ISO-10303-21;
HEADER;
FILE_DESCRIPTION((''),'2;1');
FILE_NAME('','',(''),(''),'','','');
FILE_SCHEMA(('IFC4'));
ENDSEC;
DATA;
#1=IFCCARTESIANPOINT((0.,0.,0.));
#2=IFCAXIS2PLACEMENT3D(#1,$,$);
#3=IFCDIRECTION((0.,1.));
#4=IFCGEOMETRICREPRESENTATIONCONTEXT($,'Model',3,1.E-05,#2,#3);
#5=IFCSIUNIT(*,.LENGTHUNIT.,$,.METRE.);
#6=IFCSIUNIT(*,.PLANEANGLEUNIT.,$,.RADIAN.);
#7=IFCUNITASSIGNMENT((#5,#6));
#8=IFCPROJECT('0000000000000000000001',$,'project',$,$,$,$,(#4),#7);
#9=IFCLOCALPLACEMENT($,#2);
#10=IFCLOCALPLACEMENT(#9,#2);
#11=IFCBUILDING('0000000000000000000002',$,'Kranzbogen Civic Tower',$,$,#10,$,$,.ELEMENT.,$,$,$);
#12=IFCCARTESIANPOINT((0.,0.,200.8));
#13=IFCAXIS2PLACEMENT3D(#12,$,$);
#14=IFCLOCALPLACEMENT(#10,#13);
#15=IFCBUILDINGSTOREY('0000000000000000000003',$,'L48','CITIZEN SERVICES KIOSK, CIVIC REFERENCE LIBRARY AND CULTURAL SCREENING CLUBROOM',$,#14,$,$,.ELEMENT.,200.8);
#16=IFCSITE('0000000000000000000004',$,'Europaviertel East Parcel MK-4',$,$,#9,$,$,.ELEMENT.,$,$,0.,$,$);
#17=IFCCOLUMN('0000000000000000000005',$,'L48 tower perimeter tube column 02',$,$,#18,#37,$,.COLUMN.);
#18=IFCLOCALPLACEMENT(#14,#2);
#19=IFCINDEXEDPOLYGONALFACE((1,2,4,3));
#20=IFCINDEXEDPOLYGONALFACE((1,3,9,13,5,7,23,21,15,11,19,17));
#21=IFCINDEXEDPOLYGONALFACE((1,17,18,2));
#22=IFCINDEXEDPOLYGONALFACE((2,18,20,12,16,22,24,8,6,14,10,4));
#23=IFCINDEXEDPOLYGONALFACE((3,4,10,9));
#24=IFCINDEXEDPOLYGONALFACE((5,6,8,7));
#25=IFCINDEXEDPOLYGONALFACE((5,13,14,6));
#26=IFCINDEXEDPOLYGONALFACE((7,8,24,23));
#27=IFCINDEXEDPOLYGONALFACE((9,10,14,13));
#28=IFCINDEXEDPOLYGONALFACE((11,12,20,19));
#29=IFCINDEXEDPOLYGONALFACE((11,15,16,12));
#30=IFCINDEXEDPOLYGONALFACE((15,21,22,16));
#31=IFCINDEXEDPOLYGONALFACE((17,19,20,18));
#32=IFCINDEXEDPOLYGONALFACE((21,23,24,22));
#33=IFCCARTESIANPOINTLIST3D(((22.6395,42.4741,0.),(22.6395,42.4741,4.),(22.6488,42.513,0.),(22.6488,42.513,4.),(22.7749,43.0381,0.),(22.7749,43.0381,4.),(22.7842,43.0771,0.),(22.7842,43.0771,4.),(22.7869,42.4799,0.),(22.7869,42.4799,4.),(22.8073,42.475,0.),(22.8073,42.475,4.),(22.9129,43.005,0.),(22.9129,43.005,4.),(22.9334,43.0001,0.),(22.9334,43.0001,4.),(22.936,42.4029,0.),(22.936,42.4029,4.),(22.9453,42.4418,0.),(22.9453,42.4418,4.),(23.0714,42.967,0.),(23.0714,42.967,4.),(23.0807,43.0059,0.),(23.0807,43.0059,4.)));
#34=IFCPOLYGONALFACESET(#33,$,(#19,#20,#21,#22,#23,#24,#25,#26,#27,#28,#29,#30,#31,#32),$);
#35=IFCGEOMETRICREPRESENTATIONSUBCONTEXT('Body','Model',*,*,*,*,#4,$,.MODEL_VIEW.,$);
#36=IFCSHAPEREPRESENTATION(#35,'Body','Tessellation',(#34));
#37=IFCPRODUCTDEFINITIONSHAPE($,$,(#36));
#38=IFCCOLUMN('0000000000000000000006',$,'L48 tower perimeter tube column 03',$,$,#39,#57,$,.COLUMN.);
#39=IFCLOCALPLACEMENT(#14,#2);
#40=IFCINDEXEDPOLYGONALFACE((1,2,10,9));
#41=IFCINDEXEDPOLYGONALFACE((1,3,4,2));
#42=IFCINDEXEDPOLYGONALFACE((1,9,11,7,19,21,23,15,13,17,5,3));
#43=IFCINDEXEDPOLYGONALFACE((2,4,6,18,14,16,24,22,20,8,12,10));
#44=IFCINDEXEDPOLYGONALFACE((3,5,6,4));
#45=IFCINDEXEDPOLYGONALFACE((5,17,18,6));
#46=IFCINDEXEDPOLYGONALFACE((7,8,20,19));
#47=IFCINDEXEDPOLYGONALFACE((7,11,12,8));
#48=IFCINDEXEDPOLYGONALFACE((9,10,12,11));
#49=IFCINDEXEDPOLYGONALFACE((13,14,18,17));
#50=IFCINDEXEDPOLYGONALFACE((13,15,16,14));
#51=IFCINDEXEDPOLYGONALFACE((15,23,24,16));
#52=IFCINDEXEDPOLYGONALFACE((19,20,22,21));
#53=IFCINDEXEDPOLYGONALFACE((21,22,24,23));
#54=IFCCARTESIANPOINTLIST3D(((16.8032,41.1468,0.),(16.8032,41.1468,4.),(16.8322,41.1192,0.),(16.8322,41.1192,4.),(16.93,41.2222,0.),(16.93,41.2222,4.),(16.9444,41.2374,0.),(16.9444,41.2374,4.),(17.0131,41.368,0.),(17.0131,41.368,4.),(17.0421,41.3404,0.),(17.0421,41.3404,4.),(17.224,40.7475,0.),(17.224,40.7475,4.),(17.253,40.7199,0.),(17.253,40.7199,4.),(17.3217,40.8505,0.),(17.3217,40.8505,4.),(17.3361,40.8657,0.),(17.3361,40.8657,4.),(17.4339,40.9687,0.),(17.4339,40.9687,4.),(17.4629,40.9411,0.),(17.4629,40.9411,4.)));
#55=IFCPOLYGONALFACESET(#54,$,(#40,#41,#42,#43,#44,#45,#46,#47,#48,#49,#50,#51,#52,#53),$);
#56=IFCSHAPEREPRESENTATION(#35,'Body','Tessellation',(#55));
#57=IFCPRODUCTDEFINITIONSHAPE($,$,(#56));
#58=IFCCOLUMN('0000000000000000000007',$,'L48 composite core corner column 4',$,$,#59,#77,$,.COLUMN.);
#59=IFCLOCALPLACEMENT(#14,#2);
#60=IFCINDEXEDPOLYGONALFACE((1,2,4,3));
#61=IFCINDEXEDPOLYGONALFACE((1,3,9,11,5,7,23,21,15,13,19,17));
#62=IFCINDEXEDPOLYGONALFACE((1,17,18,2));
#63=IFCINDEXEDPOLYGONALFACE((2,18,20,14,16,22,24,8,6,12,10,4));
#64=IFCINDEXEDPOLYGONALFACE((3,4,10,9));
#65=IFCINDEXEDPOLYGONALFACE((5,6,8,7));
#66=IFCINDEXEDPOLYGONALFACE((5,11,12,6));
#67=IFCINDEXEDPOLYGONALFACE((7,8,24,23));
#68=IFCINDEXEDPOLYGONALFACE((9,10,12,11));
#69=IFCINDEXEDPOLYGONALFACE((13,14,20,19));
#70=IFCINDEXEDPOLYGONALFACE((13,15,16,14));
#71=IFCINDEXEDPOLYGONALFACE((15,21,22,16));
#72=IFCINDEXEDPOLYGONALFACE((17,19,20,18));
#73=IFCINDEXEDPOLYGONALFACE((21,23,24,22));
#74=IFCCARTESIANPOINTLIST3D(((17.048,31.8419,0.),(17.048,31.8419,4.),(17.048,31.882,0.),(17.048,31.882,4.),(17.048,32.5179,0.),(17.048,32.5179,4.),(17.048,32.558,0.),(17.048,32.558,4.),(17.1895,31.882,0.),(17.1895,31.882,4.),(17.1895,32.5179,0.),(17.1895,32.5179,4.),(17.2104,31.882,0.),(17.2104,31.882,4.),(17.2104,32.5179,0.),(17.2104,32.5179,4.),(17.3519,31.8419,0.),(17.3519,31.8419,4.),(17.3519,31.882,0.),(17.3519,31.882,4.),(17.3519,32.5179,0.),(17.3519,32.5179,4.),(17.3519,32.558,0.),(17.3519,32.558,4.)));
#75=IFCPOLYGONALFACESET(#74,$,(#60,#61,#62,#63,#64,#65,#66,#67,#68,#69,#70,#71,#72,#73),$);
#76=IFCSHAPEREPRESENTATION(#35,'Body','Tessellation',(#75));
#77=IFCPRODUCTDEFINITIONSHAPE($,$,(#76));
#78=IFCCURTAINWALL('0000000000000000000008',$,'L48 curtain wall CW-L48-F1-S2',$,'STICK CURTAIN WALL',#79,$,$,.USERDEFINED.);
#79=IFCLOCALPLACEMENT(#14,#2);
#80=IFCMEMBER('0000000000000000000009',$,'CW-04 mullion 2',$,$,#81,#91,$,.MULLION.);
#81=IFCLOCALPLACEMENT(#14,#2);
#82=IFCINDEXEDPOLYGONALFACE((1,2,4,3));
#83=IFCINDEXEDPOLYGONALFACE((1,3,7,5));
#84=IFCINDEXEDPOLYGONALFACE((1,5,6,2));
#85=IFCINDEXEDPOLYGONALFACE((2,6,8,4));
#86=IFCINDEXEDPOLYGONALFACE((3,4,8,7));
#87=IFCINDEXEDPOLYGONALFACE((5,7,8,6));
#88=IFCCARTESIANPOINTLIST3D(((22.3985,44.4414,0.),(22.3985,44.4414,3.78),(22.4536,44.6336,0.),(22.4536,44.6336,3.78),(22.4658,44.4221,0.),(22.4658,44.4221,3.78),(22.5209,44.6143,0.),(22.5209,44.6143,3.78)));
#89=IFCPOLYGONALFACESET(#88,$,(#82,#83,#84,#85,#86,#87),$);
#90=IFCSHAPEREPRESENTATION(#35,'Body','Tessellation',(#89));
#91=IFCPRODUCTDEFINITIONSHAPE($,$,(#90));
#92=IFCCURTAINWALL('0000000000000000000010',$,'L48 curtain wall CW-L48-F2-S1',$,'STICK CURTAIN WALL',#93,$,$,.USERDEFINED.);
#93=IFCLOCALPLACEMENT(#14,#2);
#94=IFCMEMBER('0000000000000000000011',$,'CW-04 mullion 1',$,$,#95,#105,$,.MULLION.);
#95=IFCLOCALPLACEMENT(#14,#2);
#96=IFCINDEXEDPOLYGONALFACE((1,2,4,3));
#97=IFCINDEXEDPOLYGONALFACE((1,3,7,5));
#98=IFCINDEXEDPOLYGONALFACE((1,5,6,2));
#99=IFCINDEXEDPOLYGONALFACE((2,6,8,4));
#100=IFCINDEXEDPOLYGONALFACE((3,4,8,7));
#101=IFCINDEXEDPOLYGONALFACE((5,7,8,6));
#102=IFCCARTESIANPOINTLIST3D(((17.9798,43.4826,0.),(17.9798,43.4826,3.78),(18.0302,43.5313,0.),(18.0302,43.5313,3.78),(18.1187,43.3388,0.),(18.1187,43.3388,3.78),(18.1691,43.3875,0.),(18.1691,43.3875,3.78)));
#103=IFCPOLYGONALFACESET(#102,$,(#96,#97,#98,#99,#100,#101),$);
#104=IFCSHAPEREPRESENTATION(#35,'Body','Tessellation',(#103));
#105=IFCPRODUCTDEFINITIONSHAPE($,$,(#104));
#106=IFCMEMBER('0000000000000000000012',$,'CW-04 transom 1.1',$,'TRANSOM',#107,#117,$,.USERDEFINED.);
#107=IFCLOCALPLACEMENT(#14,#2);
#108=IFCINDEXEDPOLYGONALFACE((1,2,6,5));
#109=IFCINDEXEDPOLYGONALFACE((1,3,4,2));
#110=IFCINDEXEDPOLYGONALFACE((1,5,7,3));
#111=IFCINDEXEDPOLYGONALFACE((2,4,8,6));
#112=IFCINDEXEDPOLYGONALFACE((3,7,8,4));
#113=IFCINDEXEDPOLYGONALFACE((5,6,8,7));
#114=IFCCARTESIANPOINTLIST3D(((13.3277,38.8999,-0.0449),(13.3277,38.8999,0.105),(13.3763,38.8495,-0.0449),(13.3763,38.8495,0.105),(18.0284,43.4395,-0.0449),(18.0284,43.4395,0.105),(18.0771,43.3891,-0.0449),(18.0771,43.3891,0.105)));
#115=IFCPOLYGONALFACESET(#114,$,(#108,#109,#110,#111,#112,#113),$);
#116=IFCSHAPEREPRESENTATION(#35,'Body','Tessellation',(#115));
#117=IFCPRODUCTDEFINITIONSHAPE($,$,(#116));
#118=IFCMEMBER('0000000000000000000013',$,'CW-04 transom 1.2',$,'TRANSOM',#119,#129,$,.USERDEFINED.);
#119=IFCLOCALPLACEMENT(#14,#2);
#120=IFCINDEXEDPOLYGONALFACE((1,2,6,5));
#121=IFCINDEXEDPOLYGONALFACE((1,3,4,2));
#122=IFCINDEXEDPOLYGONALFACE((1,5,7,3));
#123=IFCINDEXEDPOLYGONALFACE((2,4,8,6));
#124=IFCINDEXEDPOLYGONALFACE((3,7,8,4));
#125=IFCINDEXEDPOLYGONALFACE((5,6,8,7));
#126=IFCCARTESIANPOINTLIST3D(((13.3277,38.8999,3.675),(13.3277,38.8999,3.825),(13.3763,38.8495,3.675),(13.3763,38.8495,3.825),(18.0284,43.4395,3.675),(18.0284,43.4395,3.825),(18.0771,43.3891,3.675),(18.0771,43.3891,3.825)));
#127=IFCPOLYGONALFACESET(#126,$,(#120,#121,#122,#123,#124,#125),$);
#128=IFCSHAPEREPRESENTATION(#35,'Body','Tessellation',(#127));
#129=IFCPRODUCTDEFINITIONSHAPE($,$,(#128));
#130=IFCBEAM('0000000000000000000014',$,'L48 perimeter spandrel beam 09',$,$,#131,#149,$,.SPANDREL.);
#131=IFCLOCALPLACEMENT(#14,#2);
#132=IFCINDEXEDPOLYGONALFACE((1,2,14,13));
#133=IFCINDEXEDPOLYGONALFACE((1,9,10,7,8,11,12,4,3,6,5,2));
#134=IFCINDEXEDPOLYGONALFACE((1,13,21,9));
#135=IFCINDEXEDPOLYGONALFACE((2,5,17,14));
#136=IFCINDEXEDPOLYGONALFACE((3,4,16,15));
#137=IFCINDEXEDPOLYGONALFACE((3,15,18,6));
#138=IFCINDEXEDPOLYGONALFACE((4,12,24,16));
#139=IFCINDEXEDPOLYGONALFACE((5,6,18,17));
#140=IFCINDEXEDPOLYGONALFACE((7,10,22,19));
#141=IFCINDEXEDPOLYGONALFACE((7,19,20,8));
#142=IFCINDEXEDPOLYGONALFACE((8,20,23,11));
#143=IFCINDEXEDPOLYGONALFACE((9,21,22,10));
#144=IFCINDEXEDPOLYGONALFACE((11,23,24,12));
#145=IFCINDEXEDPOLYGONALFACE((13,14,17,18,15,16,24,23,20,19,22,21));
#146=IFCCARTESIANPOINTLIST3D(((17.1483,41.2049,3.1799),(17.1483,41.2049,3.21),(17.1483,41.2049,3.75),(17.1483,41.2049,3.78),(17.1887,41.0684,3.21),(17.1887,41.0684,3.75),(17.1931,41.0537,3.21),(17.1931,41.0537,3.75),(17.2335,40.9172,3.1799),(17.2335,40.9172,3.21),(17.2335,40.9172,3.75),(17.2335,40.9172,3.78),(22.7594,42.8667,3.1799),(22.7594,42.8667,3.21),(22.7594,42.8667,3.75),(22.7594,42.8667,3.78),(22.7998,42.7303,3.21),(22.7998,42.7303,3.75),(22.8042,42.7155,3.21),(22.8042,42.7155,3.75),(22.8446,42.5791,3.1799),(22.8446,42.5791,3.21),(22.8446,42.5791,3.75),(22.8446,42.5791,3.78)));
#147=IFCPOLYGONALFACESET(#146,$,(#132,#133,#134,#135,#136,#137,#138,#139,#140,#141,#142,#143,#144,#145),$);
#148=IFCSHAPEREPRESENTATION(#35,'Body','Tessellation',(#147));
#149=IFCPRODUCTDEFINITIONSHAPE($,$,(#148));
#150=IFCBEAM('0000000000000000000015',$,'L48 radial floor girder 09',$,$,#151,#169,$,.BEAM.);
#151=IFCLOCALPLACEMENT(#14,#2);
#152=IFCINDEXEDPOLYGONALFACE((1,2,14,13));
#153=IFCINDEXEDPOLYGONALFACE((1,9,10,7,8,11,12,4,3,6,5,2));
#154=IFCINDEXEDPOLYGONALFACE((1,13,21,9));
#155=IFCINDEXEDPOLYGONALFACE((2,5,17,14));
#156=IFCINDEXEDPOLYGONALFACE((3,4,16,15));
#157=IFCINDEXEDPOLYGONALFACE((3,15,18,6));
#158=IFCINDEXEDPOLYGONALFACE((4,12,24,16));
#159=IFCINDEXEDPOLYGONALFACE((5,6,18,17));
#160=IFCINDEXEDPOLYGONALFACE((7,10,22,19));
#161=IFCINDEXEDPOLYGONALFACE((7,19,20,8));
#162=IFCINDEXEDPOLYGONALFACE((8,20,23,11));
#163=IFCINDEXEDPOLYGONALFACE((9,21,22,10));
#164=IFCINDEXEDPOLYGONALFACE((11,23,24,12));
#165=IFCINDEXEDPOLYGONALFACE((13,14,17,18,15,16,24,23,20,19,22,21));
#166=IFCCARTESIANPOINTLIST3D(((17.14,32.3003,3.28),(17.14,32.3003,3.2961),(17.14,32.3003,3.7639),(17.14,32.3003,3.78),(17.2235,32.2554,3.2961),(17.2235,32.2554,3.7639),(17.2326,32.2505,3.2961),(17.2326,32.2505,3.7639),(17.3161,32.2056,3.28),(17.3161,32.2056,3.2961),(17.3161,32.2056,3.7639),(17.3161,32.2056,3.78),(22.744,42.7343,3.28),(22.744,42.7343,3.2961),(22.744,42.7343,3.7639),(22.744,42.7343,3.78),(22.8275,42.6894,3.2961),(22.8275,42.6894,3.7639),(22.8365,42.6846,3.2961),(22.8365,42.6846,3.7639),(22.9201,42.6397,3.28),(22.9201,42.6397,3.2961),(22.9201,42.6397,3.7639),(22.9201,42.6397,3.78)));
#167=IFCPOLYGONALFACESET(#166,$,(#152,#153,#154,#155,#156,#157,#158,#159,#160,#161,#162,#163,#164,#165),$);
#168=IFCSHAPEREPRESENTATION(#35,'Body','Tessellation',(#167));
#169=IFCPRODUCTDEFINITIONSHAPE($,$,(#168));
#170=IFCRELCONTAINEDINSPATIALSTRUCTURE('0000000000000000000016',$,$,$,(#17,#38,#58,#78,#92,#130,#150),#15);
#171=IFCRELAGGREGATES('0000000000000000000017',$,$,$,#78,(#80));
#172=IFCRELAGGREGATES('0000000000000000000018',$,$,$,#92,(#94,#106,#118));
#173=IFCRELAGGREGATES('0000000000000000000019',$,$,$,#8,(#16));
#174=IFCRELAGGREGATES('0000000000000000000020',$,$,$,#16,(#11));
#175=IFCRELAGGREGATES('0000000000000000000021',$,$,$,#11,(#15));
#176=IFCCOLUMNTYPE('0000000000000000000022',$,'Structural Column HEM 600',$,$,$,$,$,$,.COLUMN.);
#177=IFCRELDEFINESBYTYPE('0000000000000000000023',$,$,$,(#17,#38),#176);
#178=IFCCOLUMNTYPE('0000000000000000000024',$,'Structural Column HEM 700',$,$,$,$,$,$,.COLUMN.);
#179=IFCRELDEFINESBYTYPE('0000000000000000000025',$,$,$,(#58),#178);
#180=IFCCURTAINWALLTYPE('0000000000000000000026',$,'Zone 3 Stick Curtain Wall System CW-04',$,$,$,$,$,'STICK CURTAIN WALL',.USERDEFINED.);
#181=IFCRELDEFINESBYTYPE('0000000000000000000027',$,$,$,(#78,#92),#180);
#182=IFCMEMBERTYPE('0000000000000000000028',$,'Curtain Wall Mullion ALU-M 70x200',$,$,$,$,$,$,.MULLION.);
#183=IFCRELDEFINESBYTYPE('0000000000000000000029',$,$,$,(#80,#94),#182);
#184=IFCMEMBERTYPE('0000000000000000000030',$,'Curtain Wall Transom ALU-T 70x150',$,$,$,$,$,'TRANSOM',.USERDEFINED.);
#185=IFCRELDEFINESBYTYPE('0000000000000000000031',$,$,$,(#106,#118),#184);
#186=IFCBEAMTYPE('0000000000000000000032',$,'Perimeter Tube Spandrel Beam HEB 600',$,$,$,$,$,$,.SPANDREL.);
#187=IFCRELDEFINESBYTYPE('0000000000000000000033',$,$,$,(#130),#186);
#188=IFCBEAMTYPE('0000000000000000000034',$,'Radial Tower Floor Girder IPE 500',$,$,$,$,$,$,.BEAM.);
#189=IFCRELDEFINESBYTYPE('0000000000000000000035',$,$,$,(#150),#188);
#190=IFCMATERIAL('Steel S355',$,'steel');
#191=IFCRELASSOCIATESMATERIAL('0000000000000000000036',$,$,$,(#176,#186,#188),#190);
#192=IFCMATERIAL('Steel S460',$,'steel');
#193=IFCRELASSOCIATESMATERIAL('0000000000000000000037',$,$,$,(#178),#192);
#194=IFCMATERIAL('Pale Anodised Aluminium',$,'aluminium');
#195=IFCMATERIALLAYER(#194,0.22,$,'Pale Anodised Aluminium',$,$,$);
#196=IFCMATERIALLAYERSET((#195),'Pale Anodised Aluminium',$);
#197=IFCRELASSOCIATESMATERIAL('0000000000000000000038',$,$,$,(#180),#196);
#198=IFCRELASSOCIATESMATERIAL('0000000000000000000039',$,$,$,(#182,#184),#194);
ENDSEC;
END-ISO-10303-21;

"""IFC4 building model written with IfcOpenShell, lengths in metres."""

from ifc_helpers import new_model, si_unit, direction, frame, origin, origin_2d, place, context, subcontext, project, spatial, rectangle, i_section, extrude, material, layer, layer_set, material_profile, profile_set, type_object, element, aggregate, save


model = new_model("IFC4")

# Units and contexts
model_context = context("Model", 3, precision=1e-05, world=origin(), true_north=direction((0.0, 1.0)))
body_context = subcontext(model_context, "Body", "Model", "MODEL_VIEW")
ifc_project = project(units=[si_unit("LENGTHUNIT", "METRE"), si_unit("PLANEANGLEUNIT", "RADIAN")], contexts=[model_context])

# Site, building, storey
site_placement = place(None, origin())
site = spatial("IfcSite", under=ifc_project, at=site_placement, Name="Europaviertel East Parcel MK-4", CompositionType="ELEMENT", RefElevation=0.0)
building_placement = place(site_placement, origin())
building = spatial("IfcBuilding", under=site, at=building_placement, Name="Kranzbogen Civic Tower", CompositionType="ELEMENT")
storey_placement = place(building_placement, frame((0.0, 0.0, 200.8)))
storey = spatial("IfcBuildingStorey", under=building, at=storey_placement, Name="L48", Description="CITIZEN SERVICES KIOSK, CIVIC REFERENCE LIBRARY AND CULTURAL SCREENING CLUBROOM", CompositionType="ELEMENT", Elevation=200.8)

# Columns
ifc_material_1 = material(Name="Steel S355", Category="steel")
ifc_material_profile_1 = material_profile(ifc_material_1, i_section(OverallWidth=0.3049, OverallDepth=0.6201, WebThickness=0.021, FlangeThickness=0.04, at=origin_2d()), Name="HEM 600")
ifc_profile_set_1 = profile_set([ifc_material_profile_1], Name="Steel S355")
column_type_1 = type_object("IfcColumnType", Name="Structural Column HEM 600", PredefinedType="COLUMN", material=ifc_profile_set_1)
for number, where, z_axis, x_axis, name in (
    (1, (22.8601, 42.74, 0.0), (0.0, 0.0, 1.0), (-0.97237, 0.233445, 0.0), "L48 tower perimeter tube column 02"),
    (2, (17.1331, 41.0439, 0.0), (0.0, 0.0, 1.0), (0.688355, 0.725374, 0.0), "L48 tower perimeter tube column 03"),
):
    element("IfcColumn", number, at=place(storey_placement, frame(where, z_axis=z_axis, x_axis=x_axis)), inside=storey, type_object=column_type_1, Name=name, PredefinedType="COLUMN", context=body_context, shape_type="SweptSolid", body=[
        extrude(i_section(OverallWidth=0.3049, OverallDepth=0.6201, WebThickness=0.021, FlangeThickness=0.04, at=origin_2d()), origin(), (0.0, 0.0, 1.0), 4.0),
    ])
ifc_material_2 = material(Name="Steel S460", Category="steel")
ifc_material_profile_2 = material_profile(ifc_material_2, i_section(OverallWidth=0.304, OverallDepth=0.7161, WebThickness=0.021, FlangeThickness=0.04, at=origin_2d()), Name="HEM 700")
ifc_profile_set_2 = profile_set([ifc_material_profile_2], Name="Steel S460")
column_type_2 = type_object("IfcColumnType", Name="Structural Column HEM 700", PredefinedType="COLUMN", material=ifc_profile_set_2)
column_placement = place(storey_placement, frame((17.2, 32.2, 0.0), z_axis=(0.0, 0.0, 1.0), x_axis=(1.0, 0.0, 0.0)))
element("IfcColumn", 3, at=column_placement, inside=storey, type_object=column_type_2, Name="L48 composite core corner column 4", PredefinedType="COLUMN", context=body_context, shape_type="SweptSolid", body=[
    extrude(i_section(OverallWidth=0.304, OverallDepth=0.7161, WebThickness=0.021, FlangeThickness=0.04, at=origin_2d()), origin(), (0.0, 0.0, 1.0), 4.0),
])

# Curtain wall, member
ifc_material_3 = material(Name="Pale Anodised Aluminium", Category="aluminium")
ifc_layer_1 = layer(ifc_material_3, 0.22, Name="Pale Anodised Aluminium")
ifc_layer_set_1 = layer_set([ifc_layer_1], Name="Pale Anodised Aluminium")
curtain_wall_type = type_object("IfcCurtainWallType", Name="Zone 3 Stick Curtain Wall System CW-04", ElementType="STICK CURTAIN WALL", PredefinedType="USERDEFINED", material=ifc_layer_set_1)
curtain_wall_1_placement = place(storey_placement, origin())
curtain_wall_1 = element("IfcCurtainWall", 4, at=curtain_wall_1_placement, inside=storey, type_object=curtain_wall_type, Name="L48 curtain wall CW-L48-F1-S2", ObjectType="STICK CURTAIN WALL", PredefinedType="USERDEFINED")
ifc_material_profile_3 = material_profile(ifc_material_3, rectangle(XDim=0.0701, YDim=0.2, at=origin_2d()), Name="ALU-M 70x200")
ifc_profile_set_3 = profile_set([ifc_material_profile_3], Name="Pale Anodised Aluminium")
member_type_1 = type_object("IfcMemberType", Name="Curtain Wall Mullion ALU-M 70x200", PredefinedType="MULLION", material=ifc_profile_set_3)
member_1_placement = place(storey_placement, frame((22.4597, 44.5278, 0.0), z_axis=(0.0, 0.0, 1.0), x_axis=(-0.961274, 0.275594, 0.0)))
member_1 = element("IfcMember", 5, at=member_1_placement, type_object=member_type_1, Name="CW-04 mullion 2", PredefinedType="MULLION", context=body_context, shape_type="SweptSolid", body=[
    extrude(rectangle(XDim=0.0701, YDim=0.2, at=origin_2d()), origin(), (0.0, 0.0, 1.0), 3.78),
])
aggregate(curtain_wall_1, [member_1])

# Curtain wall, members
curtain_wall_2_placement = place(storey_placement, origin())
curtain_wall_2 = element("IfcCurtainWall", 6, at=curtain_wall_2_placement, inside=storey, type_object=curtain_wall_type, Name="L48 curtain wall CW-L48-F2-S1", ObjectType="STICK CURTAIN WALL", PredefinedType="USERDEFINED")
member_2_placement = place(storey_placement, frame((18.0745, 43.4351, 0.0), z_axis=(0.0, 0.0, 1.0), x_axis=(-0.719321, -0.694678, 0.0)))
member_2 = element("IfcMember", 7, at=member_2_placement, type_object=member_type_1, Name="CW-04 mullion 1", PredefinedType="MULLION", context=body_context, shape_type="SweptSolid", body=[
    extrude(rectangle(XDim=0.0701, YDim=0.2, at=origin_2d()), origin(), (0.0, 0.0, 1.0), 3.78),
])
ifc_material_profile_4 = material_profile(ifc_material_3, rectangle(XDim=0.0701, YDim=0.1499, at=origin_2d()), Name="ALU-T 70x150")
ifc_profile_set_4 = profile_set([ifc_material_profile_4], Name="Pale Anodised Aluminium")
member_type_2 = type_object("IfcMemberType", Name="Curtain Wall Transom ALU-T 70x150", ElementType="TRANSOM", PredefinedType="USERDEFINED", material=ifc_profile_set_4)
member_3_placement = place(storey_placement, frame((18.0527, 43.4143, 0.03), z_axis=(-0.719328, -0.694671, 0.0), x_axis=(0.694671, -0.719328, 0.0)))
member_3 = element("IfcMember", 8, at=member_3_placement, type_object=member_type_2, Name="CW-04 transom 1.1", ObjectType="TRANSOM", PredefinedType="USERDEFINED", context=body_context, shape_type="SweptSolid", body=[
    extrude(rectangle(XDim=0.0701, YDim=0.1499, at=origin_2d()), origin(), (0.0, 0.0, 1.0), 6.5349),
])
member_4_placement = place(storey_placement, frame((18.0527, 43.4143, 3.75), z_axis=(-0.719328, -0.694671, 0.0), x_axis=(0.694671, -0.719328, 0.0)))
member_4 = element("IfcMember", 9, at=member_4_placement, type_object=member_type_2, Name="CW-04 transom 1.2", ObjectType="TRANSOM", PredefinedType="USERDEFINED", context=body_context, shape_type="SweptSolid", body=[
    extrude(rectangle(XDim=0.0701, YDim=0.1499, at=origin_2d()), origin(), (0.0, 0.0, 1.0), 6.5349),
])
aggregate(curtain_wall_2, [member_2, member_3, member_4])

# Beams
ifc_material_profile_5 = material_profile(ifc_material_1, i_section(OverallWidth=0.3, OverallDepth=0.6001, WebThickness=0.0154, FlangeThickness=0.03, at=origin_2d()), Name="HEB 600")
ifc_profile_set_5 = profile_set([ifc_material_profile_5], Name="Steel S355")
beam_type_1 = type_object("IfcBeamType", Name="Perimeter Tube Spandrel Beam HEB 600", PredefinedType="SPANDREL", material=ifc_profile_set_5)
beam_1_placement = place(storey_placement, frame((22.802, 42.7229, 3.48), z_axis=(-0.95883, -0.283982, 0.0), x_axis=(0.283982, -0.95883, 0.0)))
element("IfcBeam", 10, at=beam_1_placement, inside=storey, type_object=beam_type_1, Name="L48 perimeter spandrel beam 09", PredefinedType="SPANDREL", context=body_context, shape_type="SweptSolid", body=[
    extrude(i_section(OverallWidth=0.3, OverallDepth=0.6001, WebThickness=0.0154, FlangeThickness=0.03, at=origin_2d()), origin(), (0.0, 0.0, 1.0), 5.8521),
])
ifc_material_profile_6 = material_profile(ifc_material_1, i_section(OverallWidth=0.2, OverallDepth=0.5, WebThickness=0.0103, FlangeThickness=0.0161, at=origin_2d()), Name="IPE 500")
ifc_profile_set_6 = profile_set([ifc_material_profile_6], Name="Steel S355")
beam_type_2 = type_object("IfcBeamType", Name="Radial Tower Floor Girder IPE 500", PredefinedType="BEAM", material=ifc_profile_set_6)
beam_2_placement = place(storey_placement, frame((22.832, 42.687, 3.53), z_axis=(-0.47316, -0.880976, 0.0), x_axis=(0.880976, -0.47316, 0.0)))
element("IfcBeam", 11, at=beam_2_placement, inside=storey, type_object=beam_type_2, Name="L48 radial floor girder 09", PredefinedType="BEAM", context=body_context, shape_type="SweptSolid", body=[
    extrude(i_section(OverallWidth=0.2, OverallDepth=0.5, WebThickness=0.0103, FlangeThickness=0.0161, at=origin_2d()), origin(), (0.0, 0.0, 1.0), 11.8438),
])

save(model, "model.ifc")
